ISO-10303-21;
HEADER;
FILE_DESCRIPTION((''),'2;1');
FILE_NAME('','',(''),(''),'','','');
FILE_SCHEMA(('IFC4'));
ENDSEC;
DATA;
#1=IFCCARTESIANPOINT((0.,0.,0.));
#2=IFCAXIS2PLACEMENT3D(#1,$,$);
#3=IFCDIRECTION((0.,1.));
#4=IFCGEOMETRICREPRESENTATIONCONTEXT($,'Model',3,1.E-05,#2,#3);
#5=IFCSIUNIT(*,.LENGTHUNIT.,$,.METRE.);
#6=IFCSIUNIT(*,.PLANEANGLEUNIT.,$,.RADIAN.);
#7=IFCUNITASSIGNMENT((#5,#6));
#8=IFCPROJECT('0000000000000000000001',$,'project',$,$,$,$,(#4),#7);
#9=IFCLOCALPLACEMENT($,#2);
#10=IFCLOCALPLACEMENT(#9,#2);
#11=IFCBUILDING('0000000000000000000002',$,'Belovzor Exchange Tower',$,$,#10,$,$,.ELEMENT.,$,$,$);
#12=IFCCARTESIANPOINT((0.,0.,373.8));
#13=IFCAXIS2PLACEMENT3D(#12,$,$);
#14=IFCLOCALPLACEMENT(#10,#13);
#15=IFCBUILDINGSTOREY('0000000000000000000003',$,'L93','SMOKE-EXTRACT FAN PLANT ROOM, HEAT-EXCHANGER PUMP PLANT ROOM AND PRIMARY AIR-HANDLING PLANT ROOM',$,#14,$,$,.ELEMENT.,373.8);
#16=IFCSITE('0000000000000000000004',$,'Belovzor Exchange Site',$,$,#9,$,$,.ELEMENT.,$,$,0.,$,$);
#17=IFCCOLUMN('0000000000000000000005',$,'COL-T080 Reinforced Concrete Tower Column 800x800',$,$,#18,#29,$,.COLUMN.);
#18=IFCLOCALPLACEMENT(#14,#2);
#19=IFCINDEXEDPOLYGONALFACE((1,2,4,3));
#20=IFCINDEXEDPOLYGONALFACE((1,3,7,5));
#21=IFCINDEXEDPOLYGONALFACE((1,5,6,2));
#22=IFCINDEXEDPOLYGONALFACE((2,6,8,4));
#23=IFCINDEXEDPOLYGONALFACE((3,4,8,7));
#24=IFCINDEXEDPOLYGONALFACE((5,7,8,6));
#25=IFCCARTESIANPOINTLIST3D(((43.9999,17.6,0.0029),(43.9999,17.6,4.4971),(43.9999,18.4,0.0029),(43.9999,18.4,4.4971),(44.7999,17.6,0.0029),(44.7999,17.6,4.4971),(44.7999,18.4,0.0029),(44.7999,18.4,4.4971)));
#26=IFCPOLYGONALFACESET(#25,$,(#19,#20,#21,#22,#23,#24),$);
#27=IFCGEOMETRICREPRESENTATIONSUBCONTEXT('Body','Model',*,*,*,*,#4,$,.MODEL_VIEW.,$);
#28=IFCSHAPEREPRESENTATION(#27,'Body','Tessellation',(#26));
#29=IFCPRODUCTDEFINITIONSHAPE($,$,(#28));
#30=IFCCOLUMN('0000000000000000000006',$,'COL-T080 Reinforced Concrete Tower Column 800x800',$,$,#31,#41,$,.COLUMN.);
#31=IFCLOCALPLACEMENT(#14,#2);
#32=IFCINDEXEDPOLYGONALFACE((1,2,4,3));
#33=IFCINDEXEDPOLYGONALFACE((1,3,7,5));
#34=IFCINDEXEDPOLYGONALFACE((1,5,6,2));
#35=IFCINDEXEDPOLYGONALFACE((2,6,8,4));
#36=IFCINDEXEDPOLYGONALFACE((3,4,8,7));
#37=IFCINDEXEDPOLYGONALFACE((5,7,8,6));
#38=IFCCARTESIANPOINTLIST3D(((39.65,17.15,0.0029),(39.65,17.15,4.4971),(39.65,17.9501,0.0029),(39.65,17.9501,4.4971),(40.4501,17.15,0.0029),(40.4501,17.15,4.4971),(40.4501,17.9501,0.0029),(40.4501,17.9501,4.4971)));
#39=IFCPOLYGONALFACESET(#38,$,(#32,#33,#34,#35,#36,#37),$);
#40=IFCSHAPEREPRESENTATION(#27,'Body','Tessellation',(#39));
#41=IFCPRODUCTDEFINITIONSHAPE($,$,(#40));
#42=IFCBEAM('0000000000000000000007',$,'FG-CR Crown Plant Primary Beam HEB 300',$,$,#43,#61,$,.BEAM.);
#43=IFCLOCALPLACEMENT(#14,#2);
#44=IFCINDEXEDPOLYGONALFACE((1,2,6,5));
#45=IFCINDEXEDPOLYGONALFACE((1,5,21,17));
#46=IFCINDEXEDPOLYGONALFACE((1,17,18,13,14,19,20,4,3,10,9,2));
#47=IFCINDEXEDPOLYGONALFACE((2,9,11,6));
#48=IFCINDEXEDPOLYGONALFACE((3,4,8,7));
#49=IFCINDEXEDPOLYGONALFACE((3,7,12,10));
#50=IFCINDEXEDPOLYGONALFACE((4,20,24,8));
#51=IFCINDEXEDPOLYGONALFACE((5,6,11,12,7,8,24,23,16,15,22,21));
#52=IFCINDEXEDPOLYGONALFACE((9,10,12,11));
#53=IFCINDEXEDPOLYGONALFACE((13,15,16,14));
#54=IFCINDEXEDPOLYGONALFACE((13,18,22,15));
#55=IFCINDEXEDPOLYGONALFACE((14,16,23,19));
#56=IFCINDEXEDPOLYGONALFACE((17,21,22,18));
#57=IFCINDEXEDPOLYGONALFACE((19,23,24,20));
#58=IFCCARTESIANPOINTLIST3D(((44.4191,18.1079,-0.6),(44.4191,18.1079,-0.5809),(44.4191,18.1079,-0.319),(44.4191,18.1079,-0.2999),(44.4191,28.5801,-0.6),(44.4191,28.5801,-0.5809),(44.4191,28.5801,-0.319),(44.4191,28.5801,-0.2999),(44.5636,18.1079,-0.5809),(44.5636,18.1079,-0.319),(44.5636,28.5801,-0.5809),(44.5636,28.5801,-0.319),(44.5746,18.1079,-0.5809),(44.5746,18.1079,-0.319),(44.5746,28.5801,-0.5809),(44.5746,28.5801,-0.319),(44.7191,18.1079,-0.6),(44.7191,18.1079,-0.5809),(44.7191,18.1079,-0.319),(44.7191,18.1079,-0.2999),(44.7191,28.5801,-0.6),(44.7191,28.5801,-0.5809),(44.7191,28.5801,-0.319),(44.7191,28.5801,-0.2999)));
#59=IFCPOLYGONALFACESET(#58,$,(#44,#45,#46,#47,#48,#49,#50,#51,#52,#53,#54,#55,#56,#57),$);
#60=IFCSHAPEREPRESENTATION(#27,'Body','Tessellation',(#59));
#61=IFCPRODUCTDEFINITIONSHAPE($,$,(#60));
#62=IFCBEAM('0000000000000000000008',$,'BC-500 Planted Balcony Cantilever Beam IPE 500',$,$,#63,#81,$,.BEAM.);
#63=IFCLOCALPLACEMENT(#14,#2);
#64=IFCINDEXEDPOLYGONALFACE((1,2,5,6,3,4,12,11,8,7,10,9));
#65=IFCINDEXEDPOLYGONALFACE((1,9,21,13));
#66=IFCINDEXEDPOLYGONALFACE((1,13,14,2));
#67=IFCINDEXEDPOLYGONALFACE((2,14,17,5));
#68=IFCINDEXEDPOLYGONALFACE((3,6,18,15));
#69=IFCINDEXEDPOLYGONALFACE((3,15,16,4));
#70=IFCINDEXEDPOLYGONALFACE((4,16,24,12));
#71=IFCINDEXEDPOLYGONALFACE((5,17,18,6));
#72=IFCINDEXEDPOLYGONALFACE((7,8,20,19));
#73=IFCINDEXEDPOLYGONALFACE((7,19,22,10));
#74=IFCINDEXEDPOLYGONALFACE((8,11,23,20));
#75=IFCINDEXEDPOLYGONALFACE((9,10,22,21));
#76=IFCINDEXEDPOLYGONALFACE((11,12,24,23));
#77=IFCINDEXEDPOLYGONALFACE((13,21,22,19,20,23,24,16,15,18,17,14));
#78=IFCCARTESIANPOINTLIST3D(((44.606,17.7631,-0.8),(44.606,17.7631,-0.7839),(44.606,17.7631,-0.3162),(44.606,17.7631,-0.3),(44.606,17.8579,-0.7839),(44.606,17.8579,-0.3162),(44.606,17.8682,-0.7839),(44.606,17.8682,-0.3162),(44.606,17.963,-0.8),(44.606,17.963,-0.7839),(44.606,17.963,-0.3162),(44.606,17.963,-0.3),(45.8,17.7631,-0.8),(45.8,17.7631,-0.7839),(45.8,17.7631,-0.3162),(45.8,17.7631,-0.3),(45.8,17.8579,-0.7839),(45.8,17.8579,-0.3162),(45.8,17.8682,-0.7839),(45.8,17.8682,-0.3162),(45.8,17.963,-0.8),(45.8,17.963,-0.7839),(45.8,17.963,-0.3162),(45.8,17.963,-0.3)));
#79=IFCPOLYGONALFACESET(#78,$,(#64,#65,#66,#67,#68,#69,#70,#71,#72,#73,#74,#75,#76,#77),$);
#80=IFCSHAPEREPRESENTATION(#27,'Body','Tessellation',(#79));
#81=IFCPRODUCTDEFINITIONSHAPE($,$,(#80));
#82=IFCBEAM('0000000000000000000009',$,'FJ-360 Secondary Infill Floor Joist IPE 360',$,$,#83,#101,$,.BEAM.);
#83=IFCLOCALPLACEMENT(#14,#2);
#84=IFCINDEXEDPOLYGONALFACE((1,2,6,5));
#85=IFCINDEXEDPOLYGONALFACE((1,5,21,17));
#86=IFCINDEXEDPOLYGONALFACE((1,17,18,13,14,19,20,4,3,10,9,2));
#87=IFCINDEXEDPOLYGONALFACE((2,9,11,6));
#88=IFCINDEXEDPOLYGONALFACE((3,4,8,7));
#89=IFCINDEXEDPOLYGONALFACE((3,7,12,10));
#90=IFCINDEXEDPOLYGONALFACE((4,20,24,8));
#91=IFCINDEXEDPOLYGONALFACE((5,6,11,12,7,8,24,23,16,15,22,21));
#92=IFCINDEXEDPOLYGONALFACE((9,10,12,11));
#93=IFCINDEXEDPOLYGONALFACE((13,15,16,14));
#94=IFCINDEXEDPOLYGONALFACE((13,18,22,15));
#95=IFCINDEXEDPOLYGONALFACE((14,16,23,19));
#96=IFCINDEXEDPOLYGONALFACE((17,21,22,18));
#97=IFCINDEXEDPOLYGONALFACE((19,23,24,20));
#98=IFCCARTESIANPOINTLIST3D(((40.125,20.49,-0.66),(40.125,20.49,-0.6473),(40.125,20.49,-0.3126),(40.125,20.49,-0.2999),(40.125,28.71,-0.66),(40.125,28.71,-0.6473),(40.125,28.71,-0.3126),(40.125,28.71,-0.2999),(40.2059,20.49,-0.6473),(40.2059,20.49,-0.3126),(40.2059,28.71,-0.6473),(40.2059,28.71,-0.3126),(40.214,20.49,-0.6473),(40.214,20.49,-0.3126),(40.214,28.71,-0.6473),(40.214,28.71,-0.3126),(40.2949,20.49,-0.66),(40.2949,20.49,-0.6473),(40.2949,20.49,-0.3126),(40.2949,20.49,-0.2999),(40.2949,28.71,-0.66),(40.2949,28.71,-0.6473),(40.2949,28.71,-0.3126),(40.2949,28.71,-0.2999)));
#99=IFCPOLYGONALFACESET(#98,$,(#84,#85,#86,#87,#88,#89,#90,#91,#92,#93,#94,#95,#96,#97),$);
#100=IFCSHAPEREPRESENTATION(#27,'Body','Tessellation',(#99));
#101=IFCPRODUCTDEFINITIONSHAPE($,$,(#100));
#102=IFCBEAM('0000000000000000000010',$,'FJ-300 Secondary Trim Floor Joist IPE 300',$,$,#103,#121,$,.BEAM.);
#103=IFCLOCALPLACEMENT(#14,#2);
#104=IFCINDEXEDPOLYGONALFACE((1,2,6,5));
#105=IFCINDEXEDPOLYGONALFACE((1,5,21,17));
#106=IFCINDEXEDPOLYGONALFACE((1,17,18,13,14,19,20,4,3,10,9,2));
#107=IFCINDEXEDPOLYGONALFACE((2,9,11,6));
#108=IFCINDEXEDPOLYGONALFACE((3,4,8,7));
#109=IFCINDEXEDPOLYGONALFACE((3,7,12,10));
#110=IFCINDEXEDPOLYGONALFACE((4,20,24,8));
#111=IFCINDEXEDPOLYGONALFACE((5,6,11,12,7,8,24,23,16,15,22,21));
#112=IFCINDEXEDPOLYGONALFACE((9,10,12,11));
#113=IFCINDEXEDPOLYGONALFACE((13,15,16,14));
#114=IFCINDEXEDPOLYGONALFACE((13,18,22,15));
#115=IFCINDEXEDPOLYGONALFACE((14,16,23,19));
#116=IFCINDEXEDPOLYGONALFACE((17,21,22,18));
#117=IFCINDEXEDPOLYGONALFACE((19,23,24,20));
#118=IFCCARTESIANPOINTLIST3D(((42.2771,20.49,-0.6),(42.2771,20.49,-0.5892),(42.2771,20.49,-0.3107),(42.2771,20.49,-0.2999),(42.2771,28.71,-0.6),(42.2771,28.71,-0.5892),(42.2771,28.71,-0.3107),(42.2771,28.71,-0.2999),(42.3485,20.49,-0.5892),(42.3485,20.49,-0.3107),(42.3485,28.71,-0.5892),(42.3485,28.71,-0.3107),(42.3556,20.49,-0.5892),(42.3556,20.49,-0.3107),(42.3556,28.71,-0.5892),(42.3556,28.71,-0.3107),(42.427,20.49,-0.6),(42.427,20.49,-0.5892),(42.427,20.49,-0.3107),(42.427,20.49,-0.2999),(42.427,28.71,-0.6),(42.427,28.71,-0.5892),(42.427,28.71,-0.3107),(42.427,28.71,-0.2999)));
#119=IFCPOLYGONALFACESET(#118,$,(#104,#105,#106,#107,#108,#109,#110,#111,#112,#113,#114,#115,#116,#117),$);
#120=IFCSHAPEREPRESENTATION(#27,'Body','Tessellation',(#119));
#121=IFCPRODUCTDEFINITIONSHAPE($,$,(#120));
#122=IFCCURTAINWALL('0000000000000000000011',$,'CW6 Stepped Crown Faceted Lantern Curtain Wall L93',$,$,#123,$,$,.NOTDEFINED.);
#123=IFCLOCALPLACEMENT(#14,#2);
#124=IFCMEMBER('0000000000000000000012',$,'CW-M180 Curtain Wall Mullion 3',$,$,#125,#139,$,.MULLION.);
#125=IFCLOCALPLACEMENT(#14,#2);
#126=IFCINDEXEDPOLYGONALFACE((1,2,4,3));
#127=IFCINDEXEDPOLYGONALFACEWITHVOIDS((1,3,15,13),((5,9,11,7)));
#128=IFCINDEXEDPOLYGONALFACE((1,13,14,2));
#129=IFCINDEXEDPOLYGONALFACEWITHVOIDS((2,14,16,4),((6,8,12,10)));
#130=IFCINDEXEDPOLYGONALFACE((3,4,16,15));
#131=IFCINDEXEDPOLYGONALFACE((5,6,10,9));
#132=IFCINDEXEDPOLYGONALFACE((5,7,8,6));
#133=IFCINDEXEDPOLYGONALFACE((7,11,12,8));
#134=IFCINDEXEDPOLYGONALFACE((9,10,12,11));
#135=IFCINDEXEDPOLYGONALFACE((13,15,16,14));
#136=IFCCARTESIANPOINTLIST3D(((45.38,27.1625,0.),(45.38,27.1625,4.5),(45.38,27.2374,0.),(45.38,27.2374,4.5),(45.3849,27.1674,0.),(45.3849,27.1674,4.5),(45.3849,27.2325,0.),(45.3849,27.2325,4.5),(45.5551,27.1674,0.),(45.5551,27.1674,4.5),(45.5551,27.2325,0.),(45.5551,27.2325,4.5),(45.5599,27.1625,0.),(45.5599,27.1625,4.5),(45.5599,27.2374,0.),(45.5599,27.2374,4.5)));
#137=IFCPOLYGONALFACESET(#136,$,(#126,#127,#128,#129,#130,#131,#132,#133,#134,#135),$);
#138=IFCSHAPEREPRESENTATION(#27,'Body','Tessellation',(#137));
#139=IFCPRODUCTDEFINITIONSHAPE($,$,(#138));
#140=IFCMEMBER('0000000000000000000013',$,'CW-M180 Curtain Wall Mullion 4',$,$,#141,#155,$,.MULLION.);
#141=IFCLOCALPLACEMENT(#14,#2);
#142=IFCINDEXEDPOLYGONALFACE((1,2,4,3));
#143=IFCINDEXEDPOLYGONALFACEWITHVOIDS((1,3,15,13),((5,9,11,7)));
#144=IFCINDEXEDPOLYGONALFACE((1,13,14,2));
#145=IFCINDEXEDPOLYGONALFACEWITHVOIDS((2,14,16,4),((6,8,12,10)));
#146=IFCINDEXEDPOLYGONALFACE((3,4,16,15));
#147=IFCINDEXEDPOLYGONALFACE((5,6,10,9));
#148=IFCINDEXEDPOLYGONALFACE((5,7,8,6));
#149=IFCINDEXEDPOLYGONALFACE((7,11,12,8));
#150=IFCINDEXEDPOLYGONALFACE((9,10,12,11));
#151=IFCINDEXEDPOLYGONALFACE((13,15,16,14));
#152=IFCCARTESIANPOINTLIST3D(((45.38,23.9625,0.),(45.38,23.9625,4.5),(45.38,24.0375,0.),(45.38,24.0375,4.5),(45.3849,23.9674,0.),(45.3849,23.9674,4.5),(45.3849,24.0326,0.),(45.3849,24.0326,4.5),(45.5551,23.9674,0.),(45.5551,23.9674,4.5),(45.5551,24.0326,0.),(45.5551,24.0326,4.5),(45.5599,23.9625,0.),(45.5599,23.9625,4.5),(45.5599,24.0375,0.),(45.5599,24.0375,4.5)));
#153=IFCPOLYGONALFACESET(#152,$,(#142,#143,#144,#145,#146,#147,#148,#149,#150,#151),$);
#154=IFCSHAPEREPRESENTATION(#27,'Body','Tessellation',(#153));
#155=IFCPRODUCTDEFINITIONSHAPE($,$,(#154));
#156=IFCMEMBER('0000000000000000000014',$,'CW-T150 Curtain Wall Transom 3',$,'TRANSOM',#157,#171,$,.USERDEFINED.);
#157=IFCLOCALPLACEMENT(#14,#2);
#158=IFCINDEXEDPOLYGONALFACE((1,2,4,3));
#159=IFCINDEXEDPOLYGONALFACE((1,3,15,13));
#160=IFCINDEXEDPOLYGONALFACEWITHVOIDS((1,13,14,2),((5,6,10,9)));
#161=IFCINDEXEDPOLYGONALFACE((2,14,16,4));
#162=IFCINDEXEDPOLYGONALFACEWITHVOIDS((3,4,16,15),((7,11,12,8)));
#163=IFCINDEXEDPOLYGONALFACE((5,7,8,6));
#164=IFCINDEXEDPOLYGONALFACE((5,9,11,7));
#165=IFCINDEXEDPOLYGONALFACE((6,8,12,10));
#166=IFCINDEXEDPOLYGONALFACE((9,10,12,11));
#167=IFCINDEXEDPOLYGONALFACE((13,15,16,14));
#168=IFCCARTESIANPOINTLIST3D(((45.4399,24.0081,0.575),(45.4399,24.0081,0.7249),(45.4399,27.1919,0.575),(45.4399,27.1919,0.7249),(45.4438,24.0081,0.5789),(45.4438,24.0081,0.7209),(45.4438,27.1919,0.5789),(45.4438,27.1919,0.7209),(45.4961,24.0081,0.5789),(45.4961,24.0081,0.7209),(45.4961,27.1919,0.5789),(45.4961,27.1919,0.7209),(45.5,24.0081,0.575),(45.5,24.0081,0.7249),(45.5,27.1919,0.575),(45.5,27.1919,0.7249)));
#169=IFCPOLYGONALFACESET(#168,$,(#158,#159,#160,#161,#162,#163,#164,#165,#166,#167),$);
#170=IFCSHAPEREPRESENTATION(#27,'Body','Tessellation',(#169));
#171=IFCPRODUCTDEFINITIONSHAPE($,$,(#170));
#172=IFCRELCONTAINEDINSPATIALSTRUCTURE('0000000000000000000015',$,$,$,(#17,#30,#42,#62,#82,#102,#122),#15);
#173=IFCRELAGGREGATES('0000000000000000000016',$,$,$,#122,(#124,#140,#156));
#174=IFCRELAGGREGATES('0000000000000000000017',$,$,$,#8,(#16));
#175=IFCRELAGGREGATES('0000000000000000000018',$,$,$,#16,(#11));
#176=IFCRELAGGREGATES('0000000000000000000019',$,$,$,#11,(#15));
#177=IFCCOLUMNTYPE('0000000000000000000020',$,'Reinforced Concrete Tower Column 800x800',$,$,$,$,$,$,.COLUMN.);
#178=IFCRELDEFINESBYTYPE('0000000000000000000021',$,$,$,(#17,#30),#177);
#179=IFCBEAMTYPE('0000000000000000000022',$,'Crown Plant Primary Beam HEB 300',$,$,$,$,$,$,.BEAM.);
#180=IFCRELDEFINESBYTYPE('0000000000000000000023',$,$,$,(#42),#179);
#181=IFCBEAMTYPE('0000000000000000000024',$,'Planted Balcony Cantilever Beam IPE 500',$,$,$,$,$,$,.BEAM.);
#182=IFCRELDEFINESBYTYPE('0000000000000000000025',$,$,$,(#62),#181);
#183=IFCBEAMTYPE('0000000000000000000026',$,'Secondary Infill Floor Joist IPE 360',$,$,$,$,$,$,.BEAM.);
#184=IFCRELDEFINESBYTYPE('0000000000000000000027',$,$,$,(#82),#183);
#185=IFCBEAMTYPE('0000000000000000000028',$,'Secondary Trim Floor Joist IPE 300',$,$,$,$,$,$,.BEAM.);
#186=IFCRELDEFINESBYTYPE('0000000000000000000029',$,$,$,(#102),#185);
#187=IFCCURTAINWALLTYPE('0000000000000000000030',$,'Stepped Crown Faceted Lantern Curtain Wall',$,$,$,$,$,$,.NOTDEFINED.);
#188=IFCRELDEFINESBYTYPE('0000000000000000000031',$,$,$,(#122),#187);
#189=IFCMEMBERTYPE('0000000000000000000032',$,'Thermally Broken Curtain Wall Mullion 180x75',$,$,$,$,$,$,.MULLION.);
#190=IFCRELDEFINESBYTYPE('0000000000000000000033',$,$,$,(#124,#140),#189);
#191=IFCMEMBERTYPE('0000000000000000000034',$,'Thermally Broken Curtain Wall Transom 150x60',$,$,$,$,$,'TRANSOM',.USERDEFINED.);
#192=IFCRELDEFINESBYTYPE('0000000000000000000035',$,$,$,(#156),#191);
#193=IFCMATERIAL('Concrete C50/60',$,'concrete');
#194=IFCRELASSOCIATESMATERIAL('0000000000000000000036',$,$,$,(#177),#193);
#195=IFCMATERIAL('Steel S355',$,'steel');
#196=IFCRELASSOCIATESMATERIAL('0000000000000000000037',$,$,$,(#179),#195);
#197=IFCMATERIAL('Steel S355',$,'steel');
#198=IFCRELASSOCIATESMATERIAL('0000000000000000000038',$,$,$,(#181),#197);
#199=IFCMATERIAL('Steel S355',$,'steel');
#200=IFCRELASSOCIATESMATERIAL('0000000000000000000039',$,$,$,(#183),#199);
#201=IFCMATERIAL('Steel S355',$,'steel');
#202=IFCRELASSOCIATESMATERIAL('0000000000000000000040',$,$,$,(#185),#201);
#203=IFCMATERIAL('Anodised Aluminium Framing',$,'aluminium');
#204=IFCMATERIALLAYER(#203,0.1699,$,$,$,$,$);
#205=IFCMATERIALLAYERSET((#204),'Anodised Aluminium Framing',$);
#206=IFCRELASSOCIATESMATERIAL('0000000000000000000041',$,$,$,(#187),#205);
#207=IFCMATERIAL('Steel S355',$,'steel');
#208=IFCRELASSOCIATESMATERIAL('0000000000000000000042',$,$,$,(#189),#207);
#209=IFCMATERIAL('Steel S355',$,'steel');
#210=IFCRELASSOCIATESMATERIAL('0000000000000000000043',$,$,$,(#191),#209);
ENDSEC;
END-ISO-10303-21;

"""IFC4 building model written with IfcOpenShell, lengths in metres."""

from ifc_helpers import new_model, si_unit, direction, frame, origin, origin_2d, place, context, subcontext, project, spatial, rectangle, hollow_rectangle, i_section, extrude, material, layer, layer_set, material_profile, profile_set, type_object, element, aggregate, save


model = new_model("IFC4")

# Units and contexts
model_context = context("Model", 3, precision=1e-05, world=origin(), true_north=direction((0.0, 1.0)))
body_context = subcontext(model_context, "Body", "Model", "MODEL_VIEW")
ifc_project = project(units=[si_unit("LENGTHUNIT", "METRE"), si_unit("PLANEANGLEUNIT", "RADIAN")], contexts=[model_context])

# Site, building, storey
site_placement = place(None, origin())
site = spatial("IfcSite", under=ifc_project, at=site_placement, Name="Belovzor Exchange Site", CompositionType="ELEMENT", RefElevation=0.0)
building_placement = place(site_placement, origin())
building = spatial("IfcBuilding", under=site, at=building_placement, Name="Belovzor Exchange Tower", CompositionType="ELEMENT")
storey_placement = place(building_placement, frame((0.0, 0.0, 373.8)))
storey = spatial("IfcBuildingStorey", under=building, at=storey_placement, Name="L93", Description="SMOKE-EXTRACT FAN PLANT ROOM, HEAT-EXCHANGER PUMP PLANT ROOM AND PRIMARY AIR-HANDLING PLANT ROOM", CompositionType="ELEMENT", Elevation=373.8)

# Columns
ifc_material_1 = material(Name="Concrete C50/60", Category="concrete")
ifc_material_profile_1 = material_profile(ifc_material_1, rectangle(XDim=0.8, YDim=0.8, at=origin_2d()))
ifc_profile_set_1 = profile_set([ifc_material_profile_1], Name="Concrete C50/60")
column_type = type_object("IfcColumnType", Name="Reinforced Concrete Tower Column 800x800", PredefinedType="COLUMN", material=ifc_profile_set_1)
for number, where, z_axis, x_axis, name in (
    (1, (44.3999, 18.0, 0.0029), (0.0, 0.0, 1.0), (1.0, 0.0, 0.0), "COL-T080 Reinforced Concrete Tower Column 800x800"),
    (2, (40.05, 17.55, 0.0029), (0.0, 0.0, 1.0), (1.0, 0.0, 0.0), "COL-T080 Reinforced Concrete Tower Column 800x800"),
):
    element("IfcColumn", number, at=place(storey_placement, frame(where, z_axis=z_axis, x_axis=x_axis)), inside=storey, type_object=column_type, Name=name, PredefinedType="COLUMN", context=body_context, shape_type="SweptSolid", body=[
        extrude(rectangle(XDim=0.8, YDim=0.8, at=origin_2d()), origin(), (0.0, 0.0, 1.0), 4.4941),
    ])

# Beams
ifc_material_2 = material(Name="Steel S355", Category="steel")
ifc_material_profile_2 = material_profile(ifc_material_2, i_section(OverallWidth=0.3, OverallDepth=0.3, WebThickness=0.011, FlangeThickness=0.019, at=origin_2d()))
ifc_profile_set_2 = profile_set([ifc_material_profile_2], Name="Steel S355")
beam_type_1 = type_object("IfcBeamType", Name="Crown Plant Primary Beam HEB 300", PredefinedType="BEAM", material=ifc_profile_set_2)
beam_1_placement = place(storey_placement, frame((44.5691, 18.1079, -0.45), z_axis=(0.0, 1.0, 0.0), x_axis=(-1.0, 0.0, 0.0)))
element("IfcBeam", 3, at=beam_1_placement, inside=storey, type_object=beam_type_1, Name="FG-CR Crown Plant Primary Beam HEB 300", PredefinedType="BEAM", context=body_context, shape_type="SweptSolid", body=[
    extrude(i_section(OverallWidth=0.3, OverallDepth=0.3, WebThickness=0.011, FlangeThickness=0.019, at=origin_2d()), origin(), (0.0, 0.0, 1.0), 10.4722),
])
ifc_material_3 = material(Name="Steel S355", Category="steel")
ifc_material_profile_3 = material_profile(ifc_material_3, i_section(OverallWidth=0.2, OverallDepth=0.5, WebThickness=0.0103, FlangeThickness=0.0161, at=origin_2d()))
ifc_profile_set_3 = profile_set([ifc_material_profile_3], Name="Steel S355")
beam_type_2 = type_object("IfcBeamType", Name="Planted Balcony Cantilever Beam IPE 500", PredefinedType="BEAM", material=ifc_profile_set_3)
beam_2_placement = place(storey_placement, frame((44.606, 17.863, -0.55), z_axis=(1.0, 0.0, 0.0), x_axis=(0.0, 1.0, 0.0)))
element("IfcBeam", 4, at=beam_2_placement, inside=storey, type_object=beam_type_2, Name="BC-500 Planted Balcony Cantilever Beam IPE 500", PredefinedType="BEAM", context=body_context, shape_type="SweptSolid", body=[
    extrude(i_section(OverallWidth=0.2, OverallDepth=0.5, WebThickness=0.0103, FlangeThickness=0.0161, at=origin_2d()), origin(), (0.0, 0.0, 1.0), 1.1941),
])
ifc_material_4 = material(Name="Steel S355", Category="steel")
ifc_material_profile_4 = material_profile(ifc_material_4, i_section(OverallWidth=0.1699, OverallDepth=0.3601, WebThickness=0.0081, FlangeThickness=0.0127, at=origin_2d()))
ifc_profile_set_4 = profile_set([ifc_material_profile_4], Name="Steel S355")
beam_type_3 = type_object("IfcBeamType", Name="Secondary Infill Floor Joist IPE 360", PredefinedType="BEAM", material=ifc_profile_set_4)
beam_3_placement = place(storey_placement, frame((40.21, 20.49, -0.48), z_axis=(0.0, 1.0, 0.0), x_axis=(-1.0, 0.0, 0.0)))
element("IfcBeam", 5, at=beam_3_placement, inside=storey, type_object=beam_type_3, Name="FJ-360 Secondary Infill Floor Joist IPE 360", PredefinedType="BEAM", context=body_context, shape_type="SweptSolid", body=[
    extrude(i_section(OverallWidth=0.1699, OverallDepth=0.3601, WebThickness=0.0081, FlangeThickness=0.0127, at=origin_2d()), origin(), (0.0, 0.0, 1.0), 8.22),
])
ifc_material_5 = material(Name="Steel S355", Category="steel")
ifc_material_profile_5 = material_profile(ifc_material_5, i_section(OverallWidth=0.1499, OverallDepth=0.3, WebThickness=0.0071, FlangeThickness=0.0107, at=origin_2d()))
ifc_profile_set_5 = profile_set([ifc_material_profile_5], Name="Steel S355")
beam_type_4 = type_object("IfcBeamType", Name="Secondary Trim Floor Joist IPE 300", PredefinedType="BEAM", material=ifc_profile_set_5)
beam_4_placement = place(storey_placement, frame((42.3521, 20.49, -0.45), z_axis=(0.0, 1.0, 0.0), x_axis=(-1.0, 0.0, 0.0)))
element("IfcBeam", 6, at=beam_4_placement, inside=storey, type_object=beam_type_4, Name="FJ-300 Secondary Trim Floor Joist IPE 300", PredefinedType="BEAM", context=body_context, shape_type="SweptSolid", body=[
    extrude(i_section(OverallWidth=0.1499, OverallDepth=0.3, WebThickness=0.0071, FlangeThickness=0.0107, at=origin_2d()), origin(), (0.0, 0.0, 1.0), 8.22),
])

# Curtain wall, members
ifc_material_6 = material(Name="Anodised Aluminium Framing", Category="aluminium")
ifc_layer_1 = layer(ifc_material_6, 0.1699)
ifc_layer_set_1 = layer_set([ifc_layer_1], Name="Anodised Aluminium Framing")
curtain_wall_type = type_object("IfcCurtainWallType", Name="Stepped Crown Faceted Lantern Curtain Wall", PredefinedType="NOTDEFINED", material=ifc_layer_set_1)
curtain_wall_placement = place(storey_placement, origin())
curtain_wall = element("IfcCurtainWall", 7, at=curtain_wall_placement, inside=storey, type_object=curtain_wall_type, Name="CW6 Stepped Crown Faceted Lantern Curtain Wall L93", PredefinedType="NOTDEFINED")
ifc_material_7 = material(Name="Steel S355", Category="steel")
ifc_material_profile_6 = material_profile(ifc_material_7, hollow_rectangle(XDim=0.075, YDim=0.1799, WallThickness=0.0049, at=origin_2d()))
ifc_profile_set_6 = profile_set([ifc_material_profile_6], Name="Steel S355")
member_type_1 = type_object("IfcMemberType", Name="Thermally Broken Curtain Wall Mullion 180x75", PredefinedType="MULLION", material=ifc_profile_set_6)
member_1_placement = place(storey_placement, frame((45.47, 27.2, 0.0), z_axis=(0.0, 0.0, 1.0), x_axis=(0.0, -1.0, 0.0)))
member_1 = element("IfcMember", 8, at=member_1_placement, type_object=member_type_1, Name="CW-M180 Curtain Wall Mullion 3", PredefinedType="MULLION", context=body_context, shape_type="SweptSolid", body=[
    extrude(hollow_rectangle(XDim=0.075, YDim=0.1799, WallThickness=0.0049, at=origin_2d()), origin(), (0.0, 0.0, 1.0), 4.5),
])
member_2_placement = place(storey_placement, frame((45.47, 24.0, 0.0), z_axis=(0.0, 0.0, 1.0), x_axis=(0.0, -1.0, 0.0)))
member_2 = element("IfcMember", 9, at=member_2_placement, type_object=member_type_1, Name="CW-M180 Curtain Wall Mullion 4", PredefinedType="MULLION", context=body_context, shape_type="SweptSolid", body=[
    extrude(hollow_rectangle(XDim=0.075, YDim=0.1799, WallThickness=0.0049, at=origin_2d()), origin(), (0.0, 0.0, 1.0), 4.5),
])
ifc_material_8 = material(Name="Steel S355", Category="steel")
ifc_material_profile_7 = material_profile(ifc_material_8, hollow_rectangle(XDim=0.0601, YDim=0.1499, WallThickness=0.0039, at=origin_2d()))
ifc_profile_set_7 = profile_set([ifc_material_profile_7], Name="Steel S355")
member_type_2 = type_object("IfcMemberType", Name="Thermally Broken Curtain Wall Transom 150x60", ElementType="TRANSOM", PredefinedType="USERDEFINED", material=ifc_profile_set_7)
member_3_placement = place(storey_placement, frame((45.47, 27.1919, 0.6499), z_axis=(0.0, -1.0, 0.0), x_axis=(1.0, 0.0, 0.0)))
member_3 = element("IfcMember", 10, at=member_3_placement, type_object=member_type_2, Name="CW-T150 Curtain Wall Transom 3", ObjectType="TRANSOM", PredefinedType="USERDEFINED", context=body_context, shape_type="SweptSolid", body=[
    extrude(hollow_rectangle(XDim=0.0601, YDim=0.1499, WallThickness=0.0039, at=origin_2d()), origin(), (0.0, 0.0, 1.0), 3.1838),
])

aggregate(curtain_wall, [member_1, member_2, member_3])

save(model, "model.ifc")
